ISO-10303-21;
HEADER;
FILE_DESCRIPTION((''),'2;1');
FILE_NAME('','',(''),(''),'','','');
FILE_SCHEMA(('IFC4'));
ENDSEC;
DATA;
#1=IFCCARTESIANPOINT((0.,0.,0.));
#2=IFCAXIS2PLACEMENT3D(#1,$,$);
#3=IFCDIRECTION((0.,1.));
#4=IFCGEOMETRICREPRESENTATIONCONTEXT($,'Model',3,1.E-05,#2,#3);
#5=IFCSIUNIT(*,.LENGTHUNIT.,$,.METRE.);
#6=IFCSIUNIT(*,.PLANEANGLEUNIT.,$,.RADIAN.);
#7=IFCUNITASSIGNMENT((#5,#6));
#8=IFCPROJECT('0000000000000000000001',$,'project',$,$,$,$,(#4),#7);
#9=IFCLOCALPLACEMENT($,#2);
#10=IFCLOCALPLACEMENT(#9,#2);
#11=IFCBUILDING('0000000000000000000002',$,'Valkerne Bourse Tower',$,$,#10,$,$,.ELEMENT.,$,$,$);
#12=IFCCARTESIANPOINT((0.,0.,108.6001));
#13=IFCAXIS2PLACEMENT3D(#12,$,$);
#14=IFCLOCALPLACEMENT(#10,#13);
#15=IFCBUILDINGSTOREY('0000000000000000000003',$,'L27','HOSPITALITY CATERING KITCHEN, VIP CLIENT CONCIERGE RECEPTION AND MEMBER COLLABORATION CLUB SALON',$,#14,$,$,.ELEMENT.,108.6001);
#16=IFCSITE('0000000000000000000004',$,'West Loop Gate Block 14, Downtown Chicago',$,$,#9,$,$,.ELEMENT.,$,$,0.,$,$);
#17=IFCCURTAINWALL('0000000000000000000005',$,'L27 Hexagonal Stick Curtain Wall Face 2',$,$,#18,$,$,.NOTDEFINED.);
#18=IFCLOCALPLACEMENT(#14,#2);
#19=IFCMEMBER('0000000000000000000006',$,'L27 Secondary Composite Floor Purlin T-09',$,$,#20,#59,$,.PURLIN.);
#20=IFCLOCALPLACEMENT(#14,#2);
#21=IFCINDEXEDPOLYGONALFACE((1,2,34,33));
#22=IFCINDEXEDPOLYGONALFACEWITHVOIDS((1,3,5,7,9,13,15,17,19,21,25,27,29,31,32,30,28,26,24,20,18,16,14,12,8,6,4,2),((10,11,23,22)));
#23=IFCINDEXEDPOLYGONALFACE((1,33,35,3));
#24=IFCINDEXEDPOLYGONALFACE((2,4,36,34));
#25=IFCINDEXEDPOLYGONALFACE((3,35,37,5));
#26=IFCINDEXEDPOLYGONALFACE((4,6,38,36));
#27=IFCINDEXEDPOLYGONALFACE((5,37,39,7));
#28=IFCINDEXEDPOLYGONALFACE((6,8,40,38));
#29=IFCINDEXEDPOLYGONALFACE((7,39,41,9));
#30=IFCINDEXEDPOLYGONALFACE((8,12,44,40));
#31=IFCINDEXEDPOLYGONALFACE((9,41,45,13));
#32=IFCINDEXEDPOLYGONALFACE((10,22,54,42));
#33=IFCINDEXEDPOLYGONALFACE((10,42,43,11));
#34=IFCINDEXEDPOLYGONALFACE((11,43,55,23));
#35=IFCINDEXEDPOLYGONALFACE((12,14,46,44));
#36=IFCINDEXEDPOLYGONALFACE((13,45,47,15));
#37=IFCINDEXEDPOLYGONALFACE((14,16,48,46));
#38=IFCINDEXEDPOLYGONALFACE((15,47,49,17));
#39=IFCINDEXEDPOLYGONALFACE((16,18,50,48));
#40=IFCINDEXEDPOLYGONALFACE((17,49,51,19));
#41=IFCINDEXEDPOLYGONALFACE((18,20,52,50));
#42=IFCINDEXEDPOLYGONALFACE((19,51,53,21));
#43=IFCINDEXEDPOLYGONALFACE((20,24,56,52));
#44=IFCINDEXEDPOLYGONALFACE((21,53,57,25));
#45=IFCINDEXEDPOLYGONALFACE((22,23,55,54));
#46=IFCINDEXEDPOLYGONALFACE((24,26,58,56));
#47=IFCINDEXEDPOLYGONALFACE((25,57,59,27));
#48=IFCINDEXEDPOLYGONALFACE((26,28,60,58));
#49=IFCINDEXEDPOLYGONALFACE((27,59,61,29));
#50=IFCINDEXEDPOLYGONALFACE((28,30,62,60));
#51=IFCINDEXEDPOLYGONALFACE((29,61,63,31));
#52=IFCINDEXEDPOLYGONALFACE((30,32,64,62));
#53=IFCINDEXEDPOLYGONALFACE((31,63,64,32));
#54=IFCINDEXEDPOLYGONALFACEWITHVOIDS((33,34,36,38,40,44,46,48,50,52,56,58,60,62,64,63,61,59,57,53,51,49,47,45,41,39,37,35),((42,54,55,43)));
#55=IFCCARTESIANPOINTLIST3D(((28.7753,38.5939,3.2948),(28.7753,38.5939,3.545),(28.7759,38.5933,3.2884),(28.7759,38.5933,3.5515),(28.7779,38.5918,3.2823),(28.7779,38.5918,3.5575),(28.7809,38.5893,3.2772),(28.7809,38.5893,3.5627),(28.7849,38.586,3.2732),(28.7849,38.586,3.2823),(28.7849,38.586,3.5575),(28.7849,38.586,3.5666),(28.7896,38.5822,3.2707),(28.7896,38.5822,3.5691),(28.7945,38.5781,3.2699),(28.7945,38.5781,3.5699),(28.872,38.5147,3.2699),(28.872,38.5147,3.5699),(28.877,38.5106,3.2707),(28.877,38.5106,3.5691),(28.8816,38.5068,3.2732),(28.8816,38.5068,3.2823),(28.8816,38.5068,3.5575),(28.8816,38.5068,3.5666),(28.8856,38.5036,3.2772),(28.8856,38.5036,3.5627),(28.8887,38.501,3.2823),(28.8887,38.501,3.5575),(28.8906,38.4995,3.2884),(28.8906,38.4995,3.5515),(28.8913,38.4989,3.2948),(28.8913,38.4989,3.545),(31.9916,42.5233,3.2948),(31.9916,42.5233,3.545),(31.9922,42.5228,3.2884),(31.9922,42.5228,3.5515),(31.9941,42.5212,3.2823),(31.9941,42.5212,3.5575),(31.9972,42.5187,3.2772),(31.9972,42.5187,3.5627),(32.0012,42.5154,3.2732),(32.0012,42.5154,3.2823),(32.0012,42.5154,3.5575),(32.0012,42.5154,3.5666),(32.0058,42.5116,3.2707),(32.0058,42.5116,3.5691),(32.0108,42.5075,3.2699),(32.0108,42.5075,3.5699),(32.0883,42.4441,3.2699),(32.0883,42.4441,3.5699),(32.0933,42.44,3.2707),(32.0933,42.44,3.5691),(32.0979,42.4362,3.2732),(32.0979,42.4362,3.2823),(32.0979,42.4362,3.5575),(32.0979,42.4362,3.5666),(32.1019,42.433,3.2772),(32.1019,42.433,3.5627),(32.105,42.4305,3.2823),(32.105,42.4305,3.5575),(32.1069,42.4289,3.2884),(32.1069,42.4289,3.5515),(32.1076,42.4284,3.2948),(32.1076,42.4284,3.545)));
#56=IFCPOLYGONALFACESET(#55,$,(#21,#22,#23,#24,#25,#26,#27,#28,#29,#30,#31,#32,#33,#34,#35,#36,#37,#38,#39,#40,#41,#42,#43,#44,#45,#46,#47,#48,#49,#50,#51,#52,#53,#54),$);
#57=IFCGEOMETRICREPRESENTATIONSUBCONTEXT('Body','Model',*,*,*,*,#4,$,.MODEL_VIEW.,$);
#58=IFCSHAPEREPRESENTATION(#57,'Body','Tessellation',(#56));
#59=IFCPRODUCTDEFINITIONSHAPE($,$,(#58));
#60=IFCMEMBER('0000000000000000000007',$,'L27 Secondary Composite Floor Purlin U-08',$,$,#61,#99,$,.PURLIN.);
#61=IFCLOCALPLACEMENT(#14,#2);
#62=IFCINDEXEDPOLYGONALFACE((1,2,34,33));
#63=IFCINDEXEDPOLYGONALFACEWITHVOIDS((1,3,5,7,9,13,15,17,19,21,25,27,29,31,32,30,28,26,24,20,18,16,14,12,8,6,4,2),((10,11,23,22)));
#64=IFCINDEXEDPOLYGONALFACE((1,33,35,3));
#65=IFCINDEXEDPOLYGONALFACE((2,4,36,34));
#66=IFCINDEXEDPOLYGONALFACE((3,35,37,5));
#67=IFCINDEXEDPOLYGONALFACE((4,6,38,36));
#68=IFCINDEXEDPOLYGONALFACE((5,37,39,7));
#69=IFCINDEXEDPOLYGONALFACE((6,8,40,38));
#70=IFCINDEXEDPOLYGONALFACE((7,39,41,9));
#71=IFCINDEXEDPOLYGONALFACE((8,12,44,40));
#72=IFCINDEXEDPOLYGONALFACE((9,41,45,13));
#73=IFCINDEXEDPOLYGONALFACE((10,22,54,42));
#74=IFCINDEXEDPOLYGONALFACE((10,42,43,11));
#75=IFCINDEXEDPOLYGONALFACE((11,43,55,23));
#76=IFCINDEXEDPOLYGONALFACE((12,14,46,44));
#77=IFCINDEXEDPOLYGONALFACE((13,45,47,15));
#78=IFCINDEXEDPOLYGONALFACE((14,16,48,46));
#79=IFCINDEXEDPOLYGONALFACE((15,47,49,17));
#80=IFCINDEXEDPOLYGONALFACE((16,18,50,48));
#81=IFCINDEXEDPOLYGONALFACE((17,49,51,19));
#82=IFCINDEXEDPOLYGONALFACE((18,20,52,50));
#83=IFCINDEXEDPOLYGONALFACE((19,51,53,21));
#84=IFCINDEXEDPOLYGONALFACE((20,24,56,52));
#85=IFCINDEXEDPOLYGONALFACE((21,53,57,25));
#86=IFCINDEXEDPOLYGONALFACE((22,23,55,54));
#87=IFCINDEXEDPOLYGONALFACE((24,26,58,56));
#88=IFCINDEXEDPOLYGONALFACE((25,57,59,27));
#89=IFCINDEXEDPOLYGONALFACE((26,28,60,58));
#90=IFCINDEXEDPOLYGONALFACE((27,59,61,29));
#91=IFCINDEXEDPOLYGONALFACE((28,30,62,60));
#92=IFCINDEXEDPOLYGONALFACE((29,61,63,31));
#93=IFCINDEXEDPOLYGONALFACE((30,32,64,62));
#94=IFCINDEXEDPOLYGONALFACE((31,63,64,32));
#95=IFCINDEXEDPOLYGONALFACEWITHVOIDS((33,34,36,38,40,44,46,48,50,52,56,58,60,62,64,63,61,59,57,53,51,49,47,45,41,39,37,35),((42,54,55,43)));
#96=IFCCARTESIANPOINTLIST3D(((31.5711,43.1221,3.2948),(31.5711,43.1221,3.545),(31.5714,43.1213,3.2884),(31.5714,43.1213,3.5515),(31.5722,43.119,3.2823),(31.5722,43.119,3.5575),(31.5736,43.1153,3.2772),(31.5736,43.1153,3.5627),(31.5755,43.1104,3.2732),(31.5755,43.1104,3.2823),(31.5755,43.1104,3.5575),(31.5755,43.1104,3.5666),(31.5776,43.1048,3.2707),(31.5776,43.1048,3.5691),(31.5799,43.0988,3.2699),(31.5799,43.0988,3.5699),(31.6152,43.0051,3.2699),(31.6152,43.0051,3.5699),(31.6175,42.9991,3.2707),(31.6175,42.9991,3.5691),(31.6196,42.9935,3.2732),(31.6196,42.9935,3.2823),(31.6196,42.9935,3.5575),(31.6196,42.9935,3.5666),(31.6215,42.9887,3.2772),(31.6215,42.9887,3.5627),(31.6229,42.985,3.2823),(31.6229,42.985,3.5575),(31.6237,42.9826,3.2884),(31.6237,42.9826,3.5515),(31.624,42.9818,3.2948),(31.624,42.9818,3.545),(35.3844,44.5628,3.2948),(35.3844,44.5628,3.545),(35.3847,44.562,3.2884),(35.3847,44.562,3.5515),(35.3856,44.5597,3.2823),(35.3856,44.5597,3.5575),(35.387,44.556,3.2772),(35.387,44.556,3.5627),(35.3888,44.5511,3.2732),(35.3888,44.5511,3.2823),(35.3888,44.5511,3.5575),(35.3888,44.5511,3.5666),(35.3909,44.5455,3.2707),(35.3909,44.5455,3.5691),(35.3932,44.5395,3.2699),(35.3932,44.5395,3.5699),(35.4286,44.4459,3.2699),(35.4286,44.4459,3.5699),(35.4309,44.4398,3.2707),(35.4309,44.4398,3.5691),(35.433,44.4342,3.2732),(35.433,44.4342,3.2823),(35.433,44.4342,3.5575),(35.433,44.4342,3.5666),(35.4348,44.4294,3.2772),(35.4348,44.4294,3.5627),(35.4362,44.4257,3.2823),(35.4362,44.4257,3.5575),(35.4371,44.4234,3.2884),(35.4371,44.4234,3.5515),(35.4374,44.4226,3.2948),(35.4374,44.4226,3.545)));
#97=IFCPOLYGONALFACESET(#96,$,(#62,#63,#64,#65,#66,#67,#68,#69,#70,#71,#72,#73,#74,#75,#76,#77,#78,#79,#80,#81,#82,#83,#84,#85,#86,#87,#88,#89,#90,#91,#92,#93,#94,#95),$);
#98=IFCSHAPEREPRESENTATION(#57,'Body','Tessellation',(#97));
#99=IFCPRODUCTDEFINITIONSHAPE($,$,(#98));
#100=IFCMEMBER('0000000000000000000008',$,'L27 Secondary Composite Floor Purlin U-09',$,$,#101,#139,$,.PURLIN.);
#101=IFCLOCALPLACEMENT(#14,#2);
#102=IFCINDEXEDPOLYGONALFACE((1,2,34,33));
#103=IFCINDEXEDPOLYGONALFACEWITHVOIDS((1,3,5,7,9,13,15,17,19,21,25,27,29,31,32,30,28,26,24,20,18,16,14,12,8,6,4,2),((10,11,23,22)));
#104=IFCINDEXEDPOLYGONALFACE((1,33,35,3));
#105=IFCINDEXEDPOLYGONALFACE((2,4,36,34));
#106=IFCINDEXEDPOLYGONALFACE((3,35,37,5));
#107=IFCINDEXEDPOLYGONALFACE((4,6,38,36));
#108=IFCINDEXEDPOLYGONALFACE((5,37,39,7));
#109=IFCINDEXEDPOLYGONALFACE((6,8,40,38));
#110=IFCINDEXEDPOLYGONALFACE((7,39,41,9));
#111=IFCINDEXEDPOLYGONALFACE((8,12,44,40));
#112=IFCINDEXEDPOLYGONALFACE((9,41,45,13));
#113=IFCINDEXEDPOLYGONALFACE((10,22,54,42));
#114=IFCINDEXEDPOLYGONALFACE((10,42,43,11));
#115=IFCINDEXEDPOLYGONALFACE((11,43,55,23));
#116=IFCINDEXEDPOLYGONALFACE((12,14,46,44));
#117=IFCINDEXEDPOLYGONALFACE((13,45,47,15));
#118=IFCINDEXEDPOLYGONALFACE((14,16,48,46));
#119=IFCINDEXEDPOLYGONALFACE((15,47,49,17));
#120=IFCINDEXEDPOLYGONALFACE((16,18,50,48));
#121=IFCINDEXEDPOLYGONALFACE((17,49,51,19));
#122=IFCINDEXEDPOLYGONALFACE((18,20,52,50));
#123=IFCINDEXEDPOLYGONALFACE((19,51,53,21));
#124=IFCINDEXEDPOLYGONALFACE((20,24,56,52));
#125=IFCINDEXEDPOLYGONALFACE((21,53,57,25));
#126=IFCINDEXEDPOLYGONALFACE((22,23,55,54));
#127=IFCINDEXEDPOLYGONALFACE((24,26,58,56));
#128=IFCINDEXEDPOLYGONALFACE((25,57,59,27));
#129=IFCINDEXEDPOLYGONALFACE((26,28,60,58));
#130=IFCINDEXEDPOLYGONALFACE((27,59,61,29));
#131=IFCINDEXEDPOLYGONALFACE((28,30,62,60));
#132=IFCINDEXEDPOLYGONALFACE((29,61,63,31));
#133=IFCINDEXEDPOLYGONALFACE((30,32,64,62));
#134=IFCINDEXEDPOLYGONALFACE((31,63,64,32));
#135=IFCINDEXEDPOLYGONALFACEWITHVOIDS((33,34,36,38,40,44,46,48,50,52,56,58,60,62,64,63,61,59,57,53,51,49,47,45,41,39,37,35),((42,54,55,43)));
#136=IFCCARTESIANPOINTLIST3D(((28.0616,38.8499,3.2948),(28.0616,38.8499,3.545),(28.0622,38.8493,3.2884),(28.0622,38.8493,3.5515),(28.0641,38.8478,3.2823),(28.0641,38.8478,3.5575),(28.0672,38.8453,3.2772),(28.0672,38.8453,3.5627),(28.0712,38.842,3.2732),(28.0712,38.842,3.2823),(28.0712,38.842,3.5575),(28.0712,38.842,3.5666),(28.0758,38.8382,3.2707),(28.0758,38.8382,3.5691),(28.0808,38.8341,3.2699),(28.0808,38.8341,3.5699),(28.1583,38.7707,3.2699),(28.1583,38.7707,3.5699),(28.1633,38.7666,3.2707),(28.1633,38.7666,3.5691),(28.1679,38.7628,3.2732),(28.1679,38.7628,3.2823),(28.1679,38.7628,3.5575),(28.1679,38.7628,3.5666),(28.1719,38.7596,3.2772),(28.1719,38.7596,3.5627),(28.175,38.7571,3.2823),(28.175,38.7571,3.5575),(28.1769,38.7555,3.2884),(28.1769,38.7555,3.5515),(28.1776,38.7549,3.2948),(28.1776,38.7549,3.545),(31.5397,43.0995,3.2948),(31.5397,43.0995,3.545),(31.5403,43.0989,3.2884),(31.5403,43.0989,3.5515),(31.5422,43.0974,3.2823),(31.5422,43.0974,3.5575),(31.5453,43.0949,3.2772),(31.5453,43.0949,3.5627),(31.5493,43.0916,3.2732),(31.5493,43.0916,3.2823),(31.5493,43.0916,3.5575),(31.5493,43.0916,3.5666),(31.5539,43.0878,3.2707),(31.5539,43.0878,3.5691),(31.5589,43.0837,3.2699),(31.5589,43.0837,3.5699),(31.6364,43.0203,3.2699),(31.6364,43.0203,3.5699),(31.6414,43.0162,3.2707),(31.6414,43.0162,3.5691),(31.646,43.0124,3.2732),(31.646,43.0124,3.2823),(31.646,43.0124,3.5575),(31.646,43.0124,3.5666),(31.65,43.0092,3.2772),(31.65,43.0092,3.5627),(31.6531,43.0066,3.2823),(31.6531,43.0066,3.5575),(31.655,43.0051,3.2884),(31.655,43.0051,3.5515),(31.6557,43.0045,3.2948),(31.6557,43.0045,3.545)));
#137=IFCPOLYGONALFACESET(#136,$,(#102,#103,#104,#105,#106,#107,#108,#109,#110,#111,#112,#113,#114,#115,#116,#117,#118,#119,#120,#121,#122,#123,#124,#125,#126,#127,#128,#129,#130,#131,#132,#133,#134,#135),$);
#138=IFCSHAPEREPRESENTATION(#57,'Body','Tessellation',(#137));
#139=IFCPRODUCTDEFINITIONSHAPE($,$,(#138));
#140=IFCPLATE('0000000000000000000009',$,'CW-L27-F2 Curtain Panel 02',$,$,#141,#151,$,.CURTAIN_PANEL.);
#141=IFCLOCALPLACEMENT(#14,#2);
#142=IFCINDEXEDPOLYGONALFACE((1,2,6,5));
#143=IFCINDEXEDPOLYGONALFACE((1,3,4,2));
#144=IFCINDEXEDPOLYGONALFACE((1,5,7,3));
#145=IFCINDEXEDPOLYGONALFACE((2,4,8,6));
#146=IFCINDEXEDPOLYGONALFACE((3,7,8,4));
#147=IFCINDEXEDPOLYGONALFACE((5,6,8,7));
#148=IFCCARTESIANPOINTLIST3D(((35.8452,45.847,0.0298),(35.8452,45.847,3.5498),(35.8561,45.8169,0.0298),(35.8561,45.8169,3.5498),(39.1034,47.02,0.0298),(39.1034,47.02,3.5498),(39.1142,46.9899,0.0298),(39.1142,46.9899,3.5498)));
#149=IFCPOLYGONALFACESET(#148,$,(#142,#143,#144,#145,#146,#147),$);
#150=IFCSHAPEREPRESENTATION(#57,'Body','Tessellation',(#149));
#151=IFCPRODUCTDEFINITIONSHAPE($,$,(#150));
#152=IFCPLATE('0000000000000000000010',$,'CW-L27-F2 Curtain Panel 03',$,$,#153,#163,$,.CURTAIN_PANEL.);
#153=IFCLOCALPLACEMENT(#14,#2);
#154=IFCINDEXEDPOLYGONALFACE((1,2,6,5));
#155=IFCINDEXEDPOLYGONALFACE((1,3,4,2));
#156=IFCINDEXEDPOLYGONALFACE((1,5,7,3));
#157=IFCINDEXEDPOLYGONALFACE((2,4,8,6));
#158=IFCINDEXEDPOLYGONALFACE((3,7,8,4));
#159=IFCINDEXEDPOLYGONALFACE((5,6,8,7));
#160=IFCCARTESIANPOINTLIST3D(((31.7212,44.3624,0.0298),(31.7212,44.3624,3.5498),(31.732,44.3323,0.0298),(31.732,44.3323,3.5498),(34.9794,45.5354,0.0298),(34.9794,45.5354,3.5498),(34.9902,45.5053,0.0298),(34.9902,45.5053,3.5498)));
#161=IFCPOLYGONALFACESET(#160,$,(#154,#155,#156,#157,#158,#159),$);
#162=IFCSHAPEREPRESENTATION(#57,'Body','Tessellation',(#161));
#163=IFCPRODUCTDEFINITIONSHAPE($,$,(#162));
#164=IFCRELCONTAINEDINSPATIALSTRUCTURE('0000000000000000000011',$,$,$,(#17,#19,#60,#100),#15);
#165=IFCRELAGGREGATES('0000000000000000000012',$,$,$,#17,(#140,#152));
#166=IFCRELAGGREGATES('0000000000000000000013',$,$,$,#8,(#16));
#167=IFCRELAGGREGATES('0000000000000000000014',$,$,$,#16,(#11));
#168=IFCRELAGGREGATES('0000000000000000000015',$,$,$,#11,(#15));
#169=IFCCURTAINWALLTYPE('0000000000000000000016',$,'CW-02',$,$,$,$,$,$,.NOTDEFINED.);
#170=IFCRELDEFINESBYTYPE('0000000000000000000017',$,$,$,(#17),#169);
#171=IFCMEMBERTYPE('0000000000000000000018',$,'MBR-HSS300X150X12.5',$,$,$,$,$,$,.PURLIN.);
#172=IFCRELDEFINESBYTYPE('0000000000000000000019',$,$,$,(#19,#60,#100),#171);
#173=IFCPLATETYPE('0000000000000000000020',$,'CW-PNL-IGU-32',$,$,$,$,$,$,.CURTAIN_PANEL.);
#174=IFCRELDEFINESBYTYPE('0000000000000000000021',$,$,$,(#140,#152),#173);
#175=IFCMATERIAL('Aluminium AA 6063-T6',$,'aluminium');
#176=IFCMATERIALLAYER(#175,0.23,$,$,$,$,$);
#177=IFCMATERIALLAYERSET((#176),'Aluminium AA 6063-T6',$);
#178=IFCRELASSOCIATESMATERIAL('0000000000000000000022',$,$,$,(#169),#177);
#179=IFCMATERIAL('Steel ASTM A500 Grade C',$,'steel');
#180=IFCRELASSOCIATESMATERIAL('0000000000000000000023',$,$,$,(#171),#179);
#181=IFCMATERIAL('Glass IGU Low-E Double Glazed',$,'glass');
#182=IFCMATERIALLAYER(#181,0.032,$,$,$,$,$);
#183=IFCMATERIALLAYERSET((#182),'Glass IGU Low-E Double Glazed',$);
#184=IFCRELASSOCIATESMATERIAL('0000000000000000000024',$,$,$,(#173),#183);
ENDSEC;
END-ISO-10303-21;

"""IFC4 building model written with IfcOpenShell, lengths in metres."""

from ifc_helpers import new_model, si_unit, direction, frame, origin, origin_2d, place, context, subcontext, project, spatial, rectangle, hollow_rectangle, extrude, material, layer, layer_set, material_profile, profile_set, type_object, element, aggregate, save


model = new_model("IFC4")

# Units and contexts
model_context = context("Model", 3, precision=1e-05, world=origin(), true_north=direction((0.0, 1.0)))
body_context = subcontext(model_context, "Body", "Model", "MODEL_VIEW")
ifc_project = project(units=[si_unit("LENGTHUNIT", "METRE"), si_unit("PLANEANGLEUNIT", "RADIAN")], contexts=[model_context])

# Site, building, storey
site_placement = place(None, origin())
site = spatial("IfcSite", under=ifc_project, at=site_placement, Name="West Loop Gate Block 14, Downtown Chicago", CompositionType="ELEMENT", RefElevation=0.0)
building_placement = place(site_placement, origin())
building = spatial("IfcBuilding", under=site, at=building_placement, Name="Valkerne Bourse Tower", CompositionType="ELEMENT")
storey_placement = place(building_placement, frame((0.0, 0.0, 108.6001)))
storey = spatial("IfcBuildingStorey", under=building, at=storey_placement, Name="L27", Description="HOSPITALITY CATERING KITCHEN, VIP CLIENT CONCIERGE RECEPTION AND MEMBER COLLABORATION CLUB SALON", CompositionType="ELEMENT", Elevation=108.6001)

# Curtain wall
ifc_material_1 = material(Name="Aluminium AA 6063-T6", Category="aluminium")
ifc_layer_1 = layer(ifc_material_1, 0.23)
ifc_layer_set_1 = layer_set([ifc_layer_1], Name="Aluminium AA 6063-T6")
curtain_wall_type = type_object("IfcCurtainWallType", Name="CW-02", PredefinedType="NOTDEFINED", material=ifc_layer_set_1)
curtain_wall_1_placement = place(storey_placement, origin())
curtain_wall_1 = element("IfcCurtainWall", 1, at=curtain_wall_1_placement, inside=storey, type_object=curtain_wall_type, Name="L27 Hexagonal Stick Curtain Wall Face 2", PredefinedType="NOTDEFINED")

# Members
ifc_material_2 = material(Name="Steel ASTM A500 Grade C", Category="steel")
ifc_material_profile_1 = material_profile(ifc_material_2, hollow_rectangle(XDim=0.1499, YDim=0.3, WallThickness=0.0125, OuterFilletRadius=0.0249, at=origin_2d()), Name="HSS300X150X12.5")
ifc_profile_set_1 = profile_set([ifc_material_profile_1], Name="Steel ASTM A500 Grade C")
member_type_1 = type_object("IfcMemberType", Name="MBR-HSS300X150X12.5", PredefinedType="PURLIN", material=ifc_profile_set_1)
member_1_placement = place(storey_placement, frame((32.0496, 42.4758, 3.4199), z_axis=(-0.633392, -0.773831, 0.0), x_axis=(0.773831, -0.633392, 0.0)))
element("IfcMember", 2, at=member_1_placement, inside=storey, type_object=member_type_1, Name="L27 Secondary Composite Floor Purlin T-09", PredefinedType="PURLIN", context=body_context, shape_type="SweptSolid", body=[
    extrude(hollow_rectangle(XDim=0.1499, YDim=0.3, WallThickness=0.0125, OuterFilletRadius=0.0249, at=origin_2d()), origin(), (0.0, 0.0, 1.0), 5.0779),
])
member_2_placement = place(storey_placement, frame((35.4109, 44.4927, 3.4199), z_axis=(-0.935462, -0.353426, 0.0), x_axis=(0.353426, -0.935462, 0.0)))
element("IfcMember", 3, at=member_2_placement, inside=storey, type_object=member_type_1, Name="L27 Secondary Composite Floor Purlin U-08", PredefinedType="PURLIN", context=body_context, shape_type="SweptSolid", body=[
    extrude(hollow_rectangle(XDim=0.1499, YDim=0.3, WallThickness=0.0125, OuterFilletRadius=0.0249, at=origin_2d()), origin(), (0.0, 0.0, 1.0), 4.0764),
])
member_3_placement = place(storey_placement, frame((31.5977, 43.052, 3.4199), z_axis=(-0.633364, -0.773854, 0.0), x_axis=(0.773854, -0.633364, 0.0)))
element("IfcMember", 4, at=member_3_placement, inside=storey, type_object=member_type_1, Name="L27 Secondary Composite Floor Purlin U-09", PredefinedType="PURLIN", context=body_context, shape_type="SweptSolid", body=[
    extrude(hollow_rectangle(XDim=0.1499, YDim=0.3, WallThickness=0.0125, OuterFilletRadius=0.0249, at=origin_2d()), origin(), (0.0, 0.0, 1.0), 5.4915),
])

# Plates
ifc_material_3 = material(Name="Glass IGU Low-E Double Glazed", Category="glass")
ifc_layer_2 = layer(ifc_material_3, 0.032)
ifc_layer_set_2 = layer_set([ifc_layer_2], Name="Glass IGU Low-E Double Glazed")
plate_type = type_object("IfcPlateType", Name="CW-PNL-IGU-32", PredefinedType="CURTAIN_PANEL", material=ifc_layer_set_2)
plate_1_placement = place(storey_placement, frame((37.4797, 46.4185, 0.0298), z_axis=(0.0, 0.0, 1.0), x_axis=(-0.94088, -0.338739, 0.0)))
plate_1 = element("IfcPlate", 5, at=plate_1_placement, type_object=plate_type, Name="CW-L27-F2 Curtain Panel 02", PredefinedType="CURTAIN_PANEL", context=body_context, shape_type="SweptSolid", body=[
    extrude(rectangle(XDim=3.4629, YDim=0.032, at=origin_2d()), origin(), (0.0, 0.0, 1.0), 3.52),
])
plate_2_placement = place(storey_placement, frame((33.3557, 44.9338, 0.0298), z_axis=(0.0, 0.0, 1.0), x_axis=(-0.940888, -0.338719, 0.0)))
plate_2 = element("IfcPlate", 6, at=plate_2_placement, type_object=plate_type, Name="CW-L27-F2 Curtain Panel 03", PredefinedType="CURTAIN_PANEL", context=body_context, shape_type="SweptSolid", body=[
    extrude(rectangle(XDim=3.4629, YDim=0.032, at=origin_2d()), origin(), (0.0, 0.0, 1.0), 3.52),
])
aggregate(curtain_wall_1, [plate_1, plate_2])

save(model, "model.ifc")
